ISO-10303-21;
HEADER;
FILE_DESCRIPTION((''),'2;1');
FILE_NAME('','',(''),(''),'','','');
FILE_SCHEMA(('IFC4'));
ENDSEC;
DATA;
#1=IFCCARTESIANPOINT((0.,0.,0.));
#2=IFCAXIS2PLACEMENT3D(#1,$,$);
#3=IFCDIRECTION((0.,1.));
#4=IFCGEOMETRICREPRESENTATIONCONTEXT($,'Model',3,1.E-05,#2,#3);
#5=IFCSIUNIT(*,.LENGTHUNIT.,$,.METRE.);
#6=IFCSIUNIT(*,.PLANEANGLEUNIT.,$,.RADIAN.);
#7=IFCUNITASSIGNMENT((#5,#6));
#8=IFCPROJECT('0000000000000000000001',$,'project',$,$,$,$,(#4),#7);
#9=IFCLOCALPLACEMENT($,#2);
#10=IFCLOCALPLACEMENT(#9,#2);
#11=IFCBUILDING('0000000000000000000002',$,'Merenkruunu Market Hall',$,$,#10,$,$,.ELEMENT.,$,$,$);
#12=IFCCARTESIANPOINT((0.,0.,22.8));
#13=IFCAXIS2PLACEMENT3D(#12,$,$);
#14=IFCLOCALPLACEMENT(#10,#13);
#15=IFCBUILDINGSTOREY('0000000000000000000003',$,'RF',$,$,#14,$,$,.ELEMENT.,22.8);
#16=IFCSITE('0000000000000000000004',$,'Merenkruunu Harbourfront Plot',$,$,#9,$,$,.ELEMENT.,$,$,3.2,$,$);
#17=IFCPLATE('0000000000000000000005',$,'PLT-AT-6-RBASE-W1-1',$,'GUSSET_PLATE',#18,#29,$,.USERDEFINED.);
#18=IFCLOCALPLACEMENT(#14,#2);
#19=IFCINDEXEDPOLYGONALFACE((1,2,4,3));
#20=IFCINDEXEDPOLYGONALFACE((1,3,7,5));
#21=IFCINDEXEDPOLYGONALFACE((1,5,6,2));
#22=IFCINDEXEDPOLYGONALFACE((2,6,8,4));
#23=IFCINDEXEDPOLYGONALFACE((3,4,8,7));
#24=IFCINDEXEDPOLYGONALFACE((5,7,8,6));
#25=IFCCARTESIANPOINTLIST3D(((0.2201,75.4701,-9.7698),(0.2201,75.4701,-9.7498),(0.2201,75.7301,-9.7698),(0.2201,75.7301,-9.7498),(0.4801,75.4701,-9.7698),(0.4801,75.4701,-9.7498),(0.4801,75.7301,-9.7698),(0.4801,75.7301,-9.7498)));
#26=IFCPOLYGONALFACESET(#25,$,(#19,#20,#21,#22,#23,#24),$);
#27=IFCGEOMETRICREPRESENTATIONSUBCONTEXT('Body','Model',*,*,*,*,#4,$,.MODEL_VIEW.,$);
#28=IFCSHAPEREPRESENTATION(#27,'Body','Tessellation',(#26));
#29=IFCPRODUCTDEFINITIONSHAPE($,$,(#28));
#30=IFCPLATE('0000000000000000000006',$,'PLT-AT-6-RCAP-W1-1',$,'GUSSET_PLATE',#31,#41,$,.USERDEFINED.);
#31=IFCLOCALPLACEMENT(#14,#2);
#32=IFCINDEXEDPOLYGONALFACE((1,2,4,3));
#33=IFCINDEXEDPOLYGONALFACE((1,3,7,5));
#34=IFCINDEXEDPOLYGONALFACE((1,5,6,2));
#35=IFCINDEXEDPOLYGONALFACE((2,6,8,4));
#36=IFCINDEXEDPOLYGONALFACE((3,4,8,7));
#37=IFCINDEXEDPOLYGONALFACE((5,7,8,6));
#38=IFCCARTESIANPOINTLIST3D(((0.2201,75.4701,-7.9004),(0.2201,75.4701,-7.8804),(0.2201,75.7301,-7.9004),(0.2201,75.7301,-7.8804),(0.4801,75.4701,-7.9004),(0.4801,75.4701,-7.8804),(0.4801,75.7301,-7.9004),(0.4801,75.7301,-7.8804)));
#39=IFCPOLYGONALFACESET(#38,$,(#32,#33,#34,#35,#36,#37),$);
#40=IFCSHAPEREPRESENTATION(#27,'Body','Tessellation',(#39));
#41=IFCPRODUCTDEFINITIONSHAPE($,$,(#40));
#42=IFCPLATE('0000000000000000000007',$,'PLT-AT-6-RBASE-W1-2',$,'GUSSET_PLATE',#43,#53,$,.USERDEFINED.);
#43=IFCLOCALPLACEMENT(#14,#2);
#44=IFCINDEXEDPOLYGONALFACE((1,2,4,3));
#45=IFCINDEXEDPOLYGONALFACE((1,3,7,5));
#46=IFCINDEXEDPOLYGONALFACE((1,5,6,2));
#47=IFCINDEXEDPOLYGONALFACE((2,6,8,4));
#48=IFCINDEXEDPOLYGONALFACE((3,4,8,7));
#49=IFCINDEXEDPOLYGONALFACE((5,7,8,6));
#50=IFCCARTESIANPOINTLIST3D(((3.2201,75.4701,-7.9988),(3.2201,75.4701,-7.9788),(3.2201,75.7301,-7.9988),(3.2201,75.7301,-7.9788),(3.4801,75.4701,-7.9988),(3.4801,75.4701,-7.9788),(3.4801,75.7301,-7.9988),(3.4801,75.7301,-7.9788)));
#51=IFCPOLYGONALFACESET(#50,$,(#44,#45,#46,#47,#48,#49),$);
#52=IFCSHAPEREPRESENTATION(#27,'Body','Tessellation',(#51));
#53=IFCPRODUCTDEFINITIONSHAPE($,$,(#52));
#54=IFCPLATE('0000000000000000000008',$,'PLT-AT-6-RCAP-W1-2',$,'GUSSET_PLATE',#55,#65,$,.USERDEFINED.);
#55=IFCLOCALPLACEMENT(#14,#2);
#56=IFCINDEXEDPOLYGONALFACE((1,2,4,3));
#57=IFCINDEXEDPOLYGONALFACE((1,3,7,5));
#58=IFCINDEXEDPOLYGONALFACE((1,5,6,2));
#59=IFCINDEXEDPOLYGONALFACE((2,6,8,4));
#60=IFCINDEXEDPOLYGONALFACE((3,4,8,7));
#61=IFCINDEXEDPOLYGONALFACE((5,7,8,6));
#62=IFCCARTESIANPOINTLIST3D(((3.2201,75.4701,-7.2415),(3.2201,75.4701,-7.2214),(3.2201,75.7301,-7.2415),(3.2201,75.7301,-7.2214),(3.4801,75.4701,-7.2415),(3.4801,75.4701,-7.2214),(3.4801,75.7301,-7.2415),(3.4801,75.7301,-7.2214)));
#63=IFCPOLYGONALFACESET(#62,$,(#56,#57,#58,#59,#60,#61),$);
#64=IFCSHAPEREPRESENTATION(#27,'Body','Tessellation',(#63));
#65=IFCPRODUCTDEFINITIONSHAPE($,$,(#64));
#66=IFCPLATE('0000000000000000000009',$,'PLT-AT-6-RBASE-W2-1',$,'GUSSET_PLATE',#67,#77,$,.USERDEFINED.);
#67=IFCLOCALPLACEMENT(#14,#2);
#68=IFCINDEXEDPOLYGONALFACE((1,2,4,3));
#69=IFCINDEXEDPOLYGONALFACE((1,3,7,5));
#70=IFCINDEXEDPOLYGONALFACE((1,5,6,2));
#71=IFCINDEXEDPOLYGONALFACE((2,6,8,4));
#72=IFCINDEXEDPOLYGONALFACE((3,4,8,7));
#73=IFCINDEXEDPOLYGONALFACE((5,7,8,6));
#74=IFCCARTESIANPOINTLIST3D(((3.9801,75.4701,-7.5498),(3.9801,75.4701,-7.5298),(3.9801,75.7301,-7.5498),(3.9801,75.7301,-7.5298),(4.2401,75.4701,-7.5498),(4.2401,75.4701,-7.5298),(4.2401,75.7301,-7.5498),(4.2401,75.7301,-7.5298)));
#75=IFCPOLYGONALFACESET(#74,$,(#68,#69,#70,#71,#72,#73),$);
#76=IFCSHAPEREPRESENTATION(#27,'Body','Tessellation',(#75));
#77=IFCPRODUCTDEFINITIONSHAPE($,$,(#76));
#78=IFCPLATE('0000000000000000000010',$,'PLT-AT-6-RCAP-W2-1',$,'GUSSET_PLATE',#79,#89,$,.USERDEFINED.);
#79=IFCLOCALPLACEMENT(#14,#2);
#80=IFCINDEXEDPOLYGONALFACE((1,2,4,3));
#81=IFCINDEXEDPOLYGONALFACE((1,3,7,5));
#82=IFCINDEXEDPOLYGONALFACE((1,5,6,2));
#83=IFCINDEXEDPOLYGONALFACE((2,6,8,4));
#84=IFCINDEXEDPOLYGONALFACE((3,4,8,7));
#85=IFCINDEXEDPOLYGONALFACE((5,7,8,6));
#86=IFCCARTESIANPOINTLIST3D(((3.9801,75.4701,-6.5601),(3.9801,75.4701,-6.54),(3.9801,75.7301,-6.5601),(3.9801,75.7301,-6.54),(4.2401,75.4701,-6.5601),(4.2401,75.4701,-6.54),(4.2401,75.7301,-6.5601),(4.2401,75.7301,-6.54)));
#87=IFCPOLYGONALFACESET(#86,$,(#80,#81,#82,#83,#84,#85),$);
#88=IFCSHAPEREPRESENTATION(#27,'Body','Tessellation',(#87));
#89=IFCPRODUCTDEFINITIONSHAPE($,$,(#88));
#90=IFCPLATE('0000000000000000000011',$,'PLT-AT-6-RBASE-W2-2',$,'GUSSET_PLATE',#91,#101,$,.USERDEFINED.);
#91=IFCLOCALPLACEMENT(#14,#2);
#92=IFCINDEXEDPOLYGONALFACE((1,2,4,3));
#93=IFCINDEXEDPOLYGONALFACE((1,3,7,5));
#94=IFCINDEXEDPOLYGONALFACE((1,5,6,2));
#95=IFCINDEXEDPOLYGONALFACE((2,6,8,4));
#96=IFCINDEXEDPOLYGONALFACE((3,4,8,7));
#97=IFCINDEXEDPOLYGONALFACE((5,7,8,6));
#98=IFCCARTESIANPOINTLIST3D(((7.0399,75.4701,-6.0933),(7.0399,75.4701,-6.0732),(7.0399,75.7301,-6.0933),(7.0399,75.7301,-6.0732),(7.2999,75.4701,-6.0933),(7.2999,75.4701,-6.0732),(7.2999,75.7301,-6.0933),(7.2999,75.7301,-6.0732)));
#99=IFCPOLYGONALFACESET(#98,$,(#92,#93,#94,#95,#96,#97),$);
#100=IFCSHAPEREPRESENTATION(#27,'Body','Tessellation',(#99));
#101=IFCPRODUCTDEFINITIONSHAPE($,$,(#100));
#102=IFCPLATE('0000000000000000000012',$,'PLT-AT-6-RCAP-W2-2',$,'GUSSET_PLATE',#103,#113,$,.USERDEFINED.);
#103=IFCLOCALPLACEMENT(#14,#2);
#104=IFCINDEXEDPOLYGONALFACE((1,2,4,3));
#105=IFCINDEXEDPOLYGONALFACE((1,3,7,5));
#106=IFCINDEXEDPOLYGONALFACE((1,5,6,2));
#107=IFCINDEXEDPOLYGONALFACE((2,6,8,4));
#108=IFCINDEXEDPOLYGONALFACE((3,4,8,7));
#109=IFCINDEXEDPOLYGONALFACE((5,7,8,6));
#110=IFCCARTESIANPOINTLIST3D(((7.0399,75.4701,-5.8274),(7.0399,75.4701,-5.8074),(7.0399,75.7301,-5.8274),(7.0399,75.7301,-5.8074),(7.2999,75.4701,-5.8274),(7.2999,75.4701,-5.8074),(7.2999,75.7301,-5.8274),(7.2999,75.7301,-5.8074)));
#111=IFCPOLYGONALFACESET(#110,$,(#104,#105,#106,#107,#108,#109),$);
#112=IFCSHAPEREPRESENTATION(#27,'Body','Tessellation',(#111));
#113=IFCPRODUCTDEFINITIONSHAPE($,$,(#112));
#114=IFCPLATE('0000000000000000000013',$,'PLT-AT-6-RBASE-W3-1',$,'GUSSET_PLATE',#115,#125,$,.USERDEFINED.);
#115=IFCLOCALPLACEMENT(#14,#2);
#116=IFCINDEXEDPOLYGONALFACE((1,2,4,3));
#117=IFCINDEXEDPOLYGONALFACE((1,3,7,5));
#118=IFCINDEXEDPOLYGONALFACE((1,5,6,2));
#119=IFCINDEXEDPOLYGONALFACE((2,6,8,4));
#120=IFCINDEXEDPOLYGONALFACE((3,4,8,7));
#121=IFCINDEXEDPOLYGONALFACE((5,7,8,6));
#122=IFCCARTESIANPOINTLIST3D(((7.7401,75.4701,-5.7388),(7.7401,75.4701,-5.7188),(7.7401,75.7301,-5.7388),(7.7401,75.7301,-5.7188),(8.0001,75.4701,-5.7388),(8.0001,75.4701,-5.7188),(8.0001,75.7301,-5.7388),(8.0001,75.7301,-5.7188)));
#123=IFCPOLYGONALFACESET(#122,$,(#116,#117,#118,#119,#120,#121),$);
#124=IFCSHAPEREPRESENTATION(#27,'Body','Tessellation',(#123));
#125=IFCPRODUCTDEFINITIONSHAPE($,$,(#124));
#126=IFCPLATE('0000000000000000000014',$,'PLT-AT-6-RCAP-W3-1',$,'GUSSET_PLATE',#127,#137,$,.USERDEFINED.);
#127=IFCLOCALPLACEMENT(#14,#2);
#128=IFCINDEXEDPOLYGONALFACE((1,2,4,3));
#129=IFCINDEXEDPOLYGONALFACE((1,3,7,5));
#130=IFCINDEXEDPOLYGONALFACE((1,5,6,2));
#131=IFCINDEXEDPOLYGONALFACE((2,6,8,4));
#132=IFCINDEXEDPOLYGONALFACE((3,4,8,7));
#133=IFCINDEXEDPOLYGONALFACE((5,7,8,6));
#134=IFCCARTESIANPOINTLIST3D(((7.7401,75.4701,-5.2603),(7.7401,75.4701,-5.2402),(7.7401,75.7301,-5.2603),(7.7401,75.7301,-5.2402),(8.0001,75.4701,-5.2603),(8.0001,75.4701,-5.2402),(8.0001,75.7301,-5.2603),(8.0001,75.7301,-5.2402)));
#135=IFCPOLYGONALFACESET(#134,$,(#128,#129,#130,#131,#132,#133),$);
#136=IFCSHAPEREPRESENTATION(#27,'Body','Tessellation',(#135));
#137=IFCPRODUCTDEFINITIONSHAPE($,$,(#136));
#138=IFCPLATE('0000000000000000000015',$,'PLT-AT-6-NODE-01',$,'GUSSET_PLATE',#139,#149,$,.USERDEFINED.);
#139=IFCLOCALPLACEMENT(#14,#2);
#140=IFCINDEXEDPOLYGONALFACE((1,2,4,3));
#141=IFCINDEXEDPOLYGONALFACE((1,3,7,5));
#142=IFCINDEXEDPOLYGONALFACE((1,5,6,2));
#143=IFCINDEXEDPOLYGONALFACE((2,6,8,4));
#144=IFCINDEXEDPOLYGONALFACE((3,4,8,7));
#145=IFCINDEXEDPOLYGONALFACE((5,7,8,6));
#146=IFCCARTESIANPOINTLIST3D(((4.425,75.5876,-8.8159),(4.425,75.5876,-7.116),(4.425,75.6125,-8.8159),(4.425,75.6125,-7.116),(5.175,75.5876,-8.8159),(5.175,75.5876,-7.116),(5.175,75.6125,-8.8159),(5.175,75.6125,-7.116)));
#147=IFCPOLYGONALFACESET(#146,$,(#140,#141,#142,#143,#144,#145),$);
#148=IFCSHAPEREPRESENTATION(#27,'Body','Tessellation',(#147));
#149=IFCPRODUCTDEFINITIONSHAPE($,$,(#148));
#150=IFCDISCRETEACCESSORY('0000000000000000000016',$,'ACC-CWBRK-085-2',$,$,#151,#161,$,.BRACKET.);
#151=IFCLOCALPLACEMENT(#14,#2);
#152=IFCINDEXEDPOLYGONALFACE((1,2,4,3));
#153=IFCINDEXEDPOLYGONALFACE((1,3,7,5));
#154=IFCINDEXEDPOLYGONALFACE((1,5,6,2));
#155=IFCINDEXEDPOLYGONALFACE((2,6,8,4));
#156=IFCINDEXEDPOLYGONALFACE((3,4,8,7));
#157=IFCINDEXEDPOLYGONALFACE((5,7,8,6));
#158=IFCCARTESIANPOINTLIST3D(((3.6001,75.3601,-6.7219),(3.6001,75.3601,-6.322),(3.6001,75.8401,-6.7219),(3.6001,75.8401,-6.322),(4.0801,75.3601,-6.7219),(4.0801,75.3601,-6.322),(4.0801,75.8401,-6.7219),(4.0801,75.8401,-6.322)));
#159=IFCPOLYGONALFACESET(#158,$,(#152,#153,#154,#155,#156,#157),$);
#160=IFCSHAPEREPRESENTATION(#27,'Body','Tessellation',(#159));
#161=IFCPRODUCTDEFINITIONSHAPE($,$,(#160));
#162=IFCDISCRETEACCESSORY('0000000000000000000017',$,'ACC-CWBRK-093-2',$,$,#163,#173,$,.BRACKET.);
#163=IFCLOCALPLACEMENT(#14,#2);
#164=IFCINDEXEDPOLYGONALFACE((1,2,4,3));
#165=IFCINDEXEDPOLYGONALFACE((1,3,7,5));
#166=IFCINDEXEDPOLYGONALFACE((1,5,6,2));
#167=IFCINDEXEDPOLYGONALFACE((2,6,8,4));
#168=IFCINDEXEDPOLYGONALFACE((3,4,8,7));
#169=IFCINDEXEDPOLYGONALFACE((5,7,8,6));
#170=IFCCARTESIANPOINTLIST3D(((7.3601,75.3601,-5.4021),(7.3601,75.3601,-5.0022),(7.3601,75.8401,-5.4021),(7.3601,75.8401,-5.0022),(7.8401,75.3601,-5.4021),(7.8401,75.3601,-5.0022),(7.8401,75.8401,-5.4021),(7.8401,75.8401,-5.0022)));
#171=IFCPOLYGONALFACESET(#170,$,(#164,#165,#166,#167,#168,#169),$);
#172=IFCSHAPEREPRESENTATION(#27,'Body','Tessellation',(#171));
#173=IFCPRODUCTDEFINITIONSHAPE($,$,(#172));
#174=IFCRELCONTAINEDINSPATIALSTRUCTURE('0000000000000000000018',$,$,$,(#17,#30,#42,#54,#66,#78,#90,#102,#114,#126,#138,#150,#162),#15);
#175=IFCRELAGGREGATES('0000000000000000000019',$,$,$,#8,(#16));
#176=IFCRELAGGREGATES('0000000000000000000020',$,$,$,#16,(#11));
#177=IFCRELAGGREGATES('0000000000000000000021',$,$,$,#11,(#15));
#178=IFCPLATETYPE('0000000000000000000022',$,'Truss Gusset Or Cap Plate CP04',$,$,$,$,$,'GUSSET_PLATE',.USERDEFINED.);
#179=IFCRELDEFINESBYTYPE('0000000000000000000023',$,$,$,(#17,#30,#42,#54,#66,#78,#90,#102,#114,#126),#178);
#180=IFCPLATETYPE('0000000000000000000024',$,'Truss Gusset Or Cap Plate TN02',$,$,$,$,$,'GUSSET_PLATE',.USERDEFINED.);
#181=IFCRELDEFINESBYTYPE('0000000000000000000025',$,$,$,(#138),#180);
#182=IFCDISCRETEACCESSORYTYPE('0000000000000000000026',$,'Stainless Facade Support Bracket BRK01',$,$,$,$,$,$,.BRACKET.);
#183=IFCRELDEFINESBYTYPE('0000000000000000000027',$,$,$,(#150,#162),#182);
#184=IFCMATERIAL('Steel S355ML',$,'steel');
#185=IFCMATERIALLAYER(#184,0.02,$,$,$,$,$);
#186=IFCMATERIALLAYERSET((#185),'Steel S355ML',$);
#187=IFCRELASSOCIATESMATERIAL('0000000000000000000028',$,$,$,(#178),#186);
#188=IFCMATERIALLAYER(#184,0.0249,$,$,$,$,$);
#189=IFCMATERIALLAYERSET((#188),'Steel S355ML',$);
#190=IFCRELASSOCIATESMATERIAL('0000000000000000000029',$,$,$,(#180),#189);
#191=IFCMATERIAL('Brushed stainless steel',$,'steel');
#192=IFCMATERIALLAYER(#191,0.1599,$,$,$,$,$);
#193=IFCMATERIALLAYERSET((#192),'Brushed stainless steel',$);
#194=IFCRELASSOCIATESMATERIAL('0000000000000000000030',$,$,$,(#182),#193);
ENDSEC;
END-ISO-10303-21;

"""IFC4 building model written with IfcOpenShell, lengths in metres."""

from ifc_helpers import new_model, si_unit, direction, frame, origin, origin_2d, place, context, subcontext, project, spatial, rectangle, extrude, material, layer, layer_set, type_object, element, save


model = new_model("IFC4")

# Units and contexts
model_context = context("Model", 3, precision=1e-05, world=origin(), true_north=direction((0.0, 1.0)))
body_context = subcontext(model_context, "Body", "Model", "MODEL_VIEW")
ifc_project = project(units=[si_unit("LENGTHUNIT", "METRE"), si_unit("PLANEANGLEUNIT", "RADIAN")], contexts=[model_context])

# Site, building, storey
site_placement = place(None, origin())
site = spatial("IfcSite", under=ifc_project, at=site_placement, Name="Merenkruunu Harbourfront Plot", CompositionType="ELEMENT", RefElevation=3.2)
building_placement = place(site_placement, origin())
building = spatial("IfcBuilding", under=site, at=building_placement, Name="Merenkruunu Market Hall", CompositionType="ELEMENT")
storey_placement = place(building_placement, frame((0.0, 0.0, 22.8)))
storey = spatial("IfcBuildingStorey", under=building, at=storey_placement, Name="RF", CompositionType="ELEMENT", Elevation=22.8)

# Shared definitions
ifc_material_1 = material(Name="Steel S355ML", Category="steel")

# Plates
ifc_layer_1 = layer(ifc_material_1, 0.02)
ifc_layer_set_1 = layer_set([ifc_layer_1], Name="Steel S355ML")
plate_type_1 = type_object("IfcPlateType", Name="Truss Gusset Or Cap Plate CP04", ElementType="GUSSET_PLATE", PredefinedType="USERDEFINED", material=ifc_layer_set_1)
for number, where, z_axis, x_axis, name in (
    (1, (0.3501, 75.6001, -9.7698), (0.0, 0.0, 1.0), (1.0, 0.0, 0.0), "PLT-AT-6-RBASE-W1-1"),
    (2, (0.3501, 75.6001, -7.9004), (0.0, 0.0, 1.0), (1.0, 0.0, 0.0), "PLT-AT-6-RCAP-W1-1"),
    (3, (3.3501, 75.6001, -7.9988), (0.0, 0.0, 1.0), (1.0, 0.0, 0.0), "PLT-AT-6-RBASE-W1-2"),
    (4, (3.3501, 75.6001, -7.2415), (0.0, 0.0, 1.0), (1.0, 0.0, 0.0), "PLT-AT-6-RCAP-W1-2"),
    (5, (4.1101, 75.6001, -7.5498), (0.0, 0.0, 1.0), (1.0, 0.0, 0.0), "PLT-AT-6-RBASE-W2-1"),
    (6, (4.1101, 75.6001, -6.5601), (0.0, 0.0, 1.0), (1.0, 0.0, 0.0), "PLT-AT-6-RCAP-W2-1"),
    (7, (7.1699, 75.6001, -6.0933), (0.0, 0.0, 1.0), (1.0, 0.0, 0.0), "PLT-AT-6-RBASE-W2-2"),
    (8, (7.1699, 75.6001, -5.8274), (0.0, 0.0, 1.0), (1.0, 0.0, 0.0), "PLT-AT-6-RCAP-W2-2"),
    (9, (7.8701, 75.6001, -5.7388), (0.0, 0.0, 1.0), (1.0, 0.0, 0.0), "PLT-AT-6-RBASE-W3-1"),
    (10, (7.8701, 75.6001, -5.2603), (0.0, 0.0, 1.0), (1.0, 0.0, 0.0), "PLT-AT-6-RCAP-W3-1"),
):
    element("IfcPlate", number, at=place(storey_placement, frame(where, z_axis=z_axis, x_axis=x_axis)), inside=storey, type_object=plate_type_1, Name=name, ObjectType="GUSSET_PLATE", PredefinedType="USERDEFINED", context=body_context, shape_type="SweptSolid", body=[
        extrude(rectangle(XDim=0.26, YDim=0.26, at=origin_2d()), origin(), (0.0, 0.0, 1.0), 0.02),
    ])
ifc_layer_2 = layer(ifc_material_1, 0.0249)
ifc_layer_set_2 = layer_set([ifc_layer_2], Name="Steel S355ML")
plate_type_2 = type_object("IfcPlateType", Name="Truss Gusset Or Cap Plate TN02", ElementType="GUSSET_PLATE", PredefinedType="USERDEFINED", material=ifc_layer_set_2)
plate_placement = place(storey_placement, frame((4.8, 75.6001, -8.8159), z_axis=(0.0, 0.0, 1.0), x_axis=(1.0, 0.0, 0.0)))
element("IfcPlate", 11, at=plate_placement, inside=storey, type_object=plate_type_2, Name="PLT-AT-6-NODE-01", ObjectType="GUSSET_PLATE", PredefinedType="USERDEFINED", context=body_context, shape_type="SweptSolid", body=[
    extrude(rectangle(XDim=0.75, YDim=0.0249, at=origin_2d()), origin(), (0.0, 0.0, 1.0), 1.7),
])

# Discrete accessories
ifc_material_2 = material(Name="Brushed stainless steel", Category="steel")
ifc_layer_3 = layer(ifc_material_2, 0.1599)
ifc_layer_set_3 = layer_set([ifc_layer_3], Name="Brushed stainless steel")
discrete_accessory_type = type_object("IfcDiscreteAccessoryType", Name="Stainless Facade Support Bracket BRK01", PredefinedType="BRACKET", material=ifc_layer_set_3)
for number, where, z_axis, x_axis, name in (
    (12, (3.8401, 75.6001, -6.7219), (0.0, 0.0, 1.0), (1.0, 0.0, 0.0), "ACC-CWBRK-085-2"),
    (13, (7.6001, 75.6001, -5.4021), (0.0, 0.0, 1.0), (1.0, 0.0, 0.0), "ACC-CWBRK-093-2"),
):
    element("IfcDiscreteAccessory", number, at=place(storey_placement, frame(where, z_axis=z_axis, x_axis=x_axis)), inside=storey, type_object=discrete_accessory_type, Name=name, PredefinedType="BRACKET", context=body_context, shape_type="SweptSolid", body=[
        extrude(rectangle(XDim=0.48, YDim=0.48, at=origin_2d()), origin(), (0.0, 0.0, 1.0), 0.3999),
    ])

save(model, "model.ifc")
